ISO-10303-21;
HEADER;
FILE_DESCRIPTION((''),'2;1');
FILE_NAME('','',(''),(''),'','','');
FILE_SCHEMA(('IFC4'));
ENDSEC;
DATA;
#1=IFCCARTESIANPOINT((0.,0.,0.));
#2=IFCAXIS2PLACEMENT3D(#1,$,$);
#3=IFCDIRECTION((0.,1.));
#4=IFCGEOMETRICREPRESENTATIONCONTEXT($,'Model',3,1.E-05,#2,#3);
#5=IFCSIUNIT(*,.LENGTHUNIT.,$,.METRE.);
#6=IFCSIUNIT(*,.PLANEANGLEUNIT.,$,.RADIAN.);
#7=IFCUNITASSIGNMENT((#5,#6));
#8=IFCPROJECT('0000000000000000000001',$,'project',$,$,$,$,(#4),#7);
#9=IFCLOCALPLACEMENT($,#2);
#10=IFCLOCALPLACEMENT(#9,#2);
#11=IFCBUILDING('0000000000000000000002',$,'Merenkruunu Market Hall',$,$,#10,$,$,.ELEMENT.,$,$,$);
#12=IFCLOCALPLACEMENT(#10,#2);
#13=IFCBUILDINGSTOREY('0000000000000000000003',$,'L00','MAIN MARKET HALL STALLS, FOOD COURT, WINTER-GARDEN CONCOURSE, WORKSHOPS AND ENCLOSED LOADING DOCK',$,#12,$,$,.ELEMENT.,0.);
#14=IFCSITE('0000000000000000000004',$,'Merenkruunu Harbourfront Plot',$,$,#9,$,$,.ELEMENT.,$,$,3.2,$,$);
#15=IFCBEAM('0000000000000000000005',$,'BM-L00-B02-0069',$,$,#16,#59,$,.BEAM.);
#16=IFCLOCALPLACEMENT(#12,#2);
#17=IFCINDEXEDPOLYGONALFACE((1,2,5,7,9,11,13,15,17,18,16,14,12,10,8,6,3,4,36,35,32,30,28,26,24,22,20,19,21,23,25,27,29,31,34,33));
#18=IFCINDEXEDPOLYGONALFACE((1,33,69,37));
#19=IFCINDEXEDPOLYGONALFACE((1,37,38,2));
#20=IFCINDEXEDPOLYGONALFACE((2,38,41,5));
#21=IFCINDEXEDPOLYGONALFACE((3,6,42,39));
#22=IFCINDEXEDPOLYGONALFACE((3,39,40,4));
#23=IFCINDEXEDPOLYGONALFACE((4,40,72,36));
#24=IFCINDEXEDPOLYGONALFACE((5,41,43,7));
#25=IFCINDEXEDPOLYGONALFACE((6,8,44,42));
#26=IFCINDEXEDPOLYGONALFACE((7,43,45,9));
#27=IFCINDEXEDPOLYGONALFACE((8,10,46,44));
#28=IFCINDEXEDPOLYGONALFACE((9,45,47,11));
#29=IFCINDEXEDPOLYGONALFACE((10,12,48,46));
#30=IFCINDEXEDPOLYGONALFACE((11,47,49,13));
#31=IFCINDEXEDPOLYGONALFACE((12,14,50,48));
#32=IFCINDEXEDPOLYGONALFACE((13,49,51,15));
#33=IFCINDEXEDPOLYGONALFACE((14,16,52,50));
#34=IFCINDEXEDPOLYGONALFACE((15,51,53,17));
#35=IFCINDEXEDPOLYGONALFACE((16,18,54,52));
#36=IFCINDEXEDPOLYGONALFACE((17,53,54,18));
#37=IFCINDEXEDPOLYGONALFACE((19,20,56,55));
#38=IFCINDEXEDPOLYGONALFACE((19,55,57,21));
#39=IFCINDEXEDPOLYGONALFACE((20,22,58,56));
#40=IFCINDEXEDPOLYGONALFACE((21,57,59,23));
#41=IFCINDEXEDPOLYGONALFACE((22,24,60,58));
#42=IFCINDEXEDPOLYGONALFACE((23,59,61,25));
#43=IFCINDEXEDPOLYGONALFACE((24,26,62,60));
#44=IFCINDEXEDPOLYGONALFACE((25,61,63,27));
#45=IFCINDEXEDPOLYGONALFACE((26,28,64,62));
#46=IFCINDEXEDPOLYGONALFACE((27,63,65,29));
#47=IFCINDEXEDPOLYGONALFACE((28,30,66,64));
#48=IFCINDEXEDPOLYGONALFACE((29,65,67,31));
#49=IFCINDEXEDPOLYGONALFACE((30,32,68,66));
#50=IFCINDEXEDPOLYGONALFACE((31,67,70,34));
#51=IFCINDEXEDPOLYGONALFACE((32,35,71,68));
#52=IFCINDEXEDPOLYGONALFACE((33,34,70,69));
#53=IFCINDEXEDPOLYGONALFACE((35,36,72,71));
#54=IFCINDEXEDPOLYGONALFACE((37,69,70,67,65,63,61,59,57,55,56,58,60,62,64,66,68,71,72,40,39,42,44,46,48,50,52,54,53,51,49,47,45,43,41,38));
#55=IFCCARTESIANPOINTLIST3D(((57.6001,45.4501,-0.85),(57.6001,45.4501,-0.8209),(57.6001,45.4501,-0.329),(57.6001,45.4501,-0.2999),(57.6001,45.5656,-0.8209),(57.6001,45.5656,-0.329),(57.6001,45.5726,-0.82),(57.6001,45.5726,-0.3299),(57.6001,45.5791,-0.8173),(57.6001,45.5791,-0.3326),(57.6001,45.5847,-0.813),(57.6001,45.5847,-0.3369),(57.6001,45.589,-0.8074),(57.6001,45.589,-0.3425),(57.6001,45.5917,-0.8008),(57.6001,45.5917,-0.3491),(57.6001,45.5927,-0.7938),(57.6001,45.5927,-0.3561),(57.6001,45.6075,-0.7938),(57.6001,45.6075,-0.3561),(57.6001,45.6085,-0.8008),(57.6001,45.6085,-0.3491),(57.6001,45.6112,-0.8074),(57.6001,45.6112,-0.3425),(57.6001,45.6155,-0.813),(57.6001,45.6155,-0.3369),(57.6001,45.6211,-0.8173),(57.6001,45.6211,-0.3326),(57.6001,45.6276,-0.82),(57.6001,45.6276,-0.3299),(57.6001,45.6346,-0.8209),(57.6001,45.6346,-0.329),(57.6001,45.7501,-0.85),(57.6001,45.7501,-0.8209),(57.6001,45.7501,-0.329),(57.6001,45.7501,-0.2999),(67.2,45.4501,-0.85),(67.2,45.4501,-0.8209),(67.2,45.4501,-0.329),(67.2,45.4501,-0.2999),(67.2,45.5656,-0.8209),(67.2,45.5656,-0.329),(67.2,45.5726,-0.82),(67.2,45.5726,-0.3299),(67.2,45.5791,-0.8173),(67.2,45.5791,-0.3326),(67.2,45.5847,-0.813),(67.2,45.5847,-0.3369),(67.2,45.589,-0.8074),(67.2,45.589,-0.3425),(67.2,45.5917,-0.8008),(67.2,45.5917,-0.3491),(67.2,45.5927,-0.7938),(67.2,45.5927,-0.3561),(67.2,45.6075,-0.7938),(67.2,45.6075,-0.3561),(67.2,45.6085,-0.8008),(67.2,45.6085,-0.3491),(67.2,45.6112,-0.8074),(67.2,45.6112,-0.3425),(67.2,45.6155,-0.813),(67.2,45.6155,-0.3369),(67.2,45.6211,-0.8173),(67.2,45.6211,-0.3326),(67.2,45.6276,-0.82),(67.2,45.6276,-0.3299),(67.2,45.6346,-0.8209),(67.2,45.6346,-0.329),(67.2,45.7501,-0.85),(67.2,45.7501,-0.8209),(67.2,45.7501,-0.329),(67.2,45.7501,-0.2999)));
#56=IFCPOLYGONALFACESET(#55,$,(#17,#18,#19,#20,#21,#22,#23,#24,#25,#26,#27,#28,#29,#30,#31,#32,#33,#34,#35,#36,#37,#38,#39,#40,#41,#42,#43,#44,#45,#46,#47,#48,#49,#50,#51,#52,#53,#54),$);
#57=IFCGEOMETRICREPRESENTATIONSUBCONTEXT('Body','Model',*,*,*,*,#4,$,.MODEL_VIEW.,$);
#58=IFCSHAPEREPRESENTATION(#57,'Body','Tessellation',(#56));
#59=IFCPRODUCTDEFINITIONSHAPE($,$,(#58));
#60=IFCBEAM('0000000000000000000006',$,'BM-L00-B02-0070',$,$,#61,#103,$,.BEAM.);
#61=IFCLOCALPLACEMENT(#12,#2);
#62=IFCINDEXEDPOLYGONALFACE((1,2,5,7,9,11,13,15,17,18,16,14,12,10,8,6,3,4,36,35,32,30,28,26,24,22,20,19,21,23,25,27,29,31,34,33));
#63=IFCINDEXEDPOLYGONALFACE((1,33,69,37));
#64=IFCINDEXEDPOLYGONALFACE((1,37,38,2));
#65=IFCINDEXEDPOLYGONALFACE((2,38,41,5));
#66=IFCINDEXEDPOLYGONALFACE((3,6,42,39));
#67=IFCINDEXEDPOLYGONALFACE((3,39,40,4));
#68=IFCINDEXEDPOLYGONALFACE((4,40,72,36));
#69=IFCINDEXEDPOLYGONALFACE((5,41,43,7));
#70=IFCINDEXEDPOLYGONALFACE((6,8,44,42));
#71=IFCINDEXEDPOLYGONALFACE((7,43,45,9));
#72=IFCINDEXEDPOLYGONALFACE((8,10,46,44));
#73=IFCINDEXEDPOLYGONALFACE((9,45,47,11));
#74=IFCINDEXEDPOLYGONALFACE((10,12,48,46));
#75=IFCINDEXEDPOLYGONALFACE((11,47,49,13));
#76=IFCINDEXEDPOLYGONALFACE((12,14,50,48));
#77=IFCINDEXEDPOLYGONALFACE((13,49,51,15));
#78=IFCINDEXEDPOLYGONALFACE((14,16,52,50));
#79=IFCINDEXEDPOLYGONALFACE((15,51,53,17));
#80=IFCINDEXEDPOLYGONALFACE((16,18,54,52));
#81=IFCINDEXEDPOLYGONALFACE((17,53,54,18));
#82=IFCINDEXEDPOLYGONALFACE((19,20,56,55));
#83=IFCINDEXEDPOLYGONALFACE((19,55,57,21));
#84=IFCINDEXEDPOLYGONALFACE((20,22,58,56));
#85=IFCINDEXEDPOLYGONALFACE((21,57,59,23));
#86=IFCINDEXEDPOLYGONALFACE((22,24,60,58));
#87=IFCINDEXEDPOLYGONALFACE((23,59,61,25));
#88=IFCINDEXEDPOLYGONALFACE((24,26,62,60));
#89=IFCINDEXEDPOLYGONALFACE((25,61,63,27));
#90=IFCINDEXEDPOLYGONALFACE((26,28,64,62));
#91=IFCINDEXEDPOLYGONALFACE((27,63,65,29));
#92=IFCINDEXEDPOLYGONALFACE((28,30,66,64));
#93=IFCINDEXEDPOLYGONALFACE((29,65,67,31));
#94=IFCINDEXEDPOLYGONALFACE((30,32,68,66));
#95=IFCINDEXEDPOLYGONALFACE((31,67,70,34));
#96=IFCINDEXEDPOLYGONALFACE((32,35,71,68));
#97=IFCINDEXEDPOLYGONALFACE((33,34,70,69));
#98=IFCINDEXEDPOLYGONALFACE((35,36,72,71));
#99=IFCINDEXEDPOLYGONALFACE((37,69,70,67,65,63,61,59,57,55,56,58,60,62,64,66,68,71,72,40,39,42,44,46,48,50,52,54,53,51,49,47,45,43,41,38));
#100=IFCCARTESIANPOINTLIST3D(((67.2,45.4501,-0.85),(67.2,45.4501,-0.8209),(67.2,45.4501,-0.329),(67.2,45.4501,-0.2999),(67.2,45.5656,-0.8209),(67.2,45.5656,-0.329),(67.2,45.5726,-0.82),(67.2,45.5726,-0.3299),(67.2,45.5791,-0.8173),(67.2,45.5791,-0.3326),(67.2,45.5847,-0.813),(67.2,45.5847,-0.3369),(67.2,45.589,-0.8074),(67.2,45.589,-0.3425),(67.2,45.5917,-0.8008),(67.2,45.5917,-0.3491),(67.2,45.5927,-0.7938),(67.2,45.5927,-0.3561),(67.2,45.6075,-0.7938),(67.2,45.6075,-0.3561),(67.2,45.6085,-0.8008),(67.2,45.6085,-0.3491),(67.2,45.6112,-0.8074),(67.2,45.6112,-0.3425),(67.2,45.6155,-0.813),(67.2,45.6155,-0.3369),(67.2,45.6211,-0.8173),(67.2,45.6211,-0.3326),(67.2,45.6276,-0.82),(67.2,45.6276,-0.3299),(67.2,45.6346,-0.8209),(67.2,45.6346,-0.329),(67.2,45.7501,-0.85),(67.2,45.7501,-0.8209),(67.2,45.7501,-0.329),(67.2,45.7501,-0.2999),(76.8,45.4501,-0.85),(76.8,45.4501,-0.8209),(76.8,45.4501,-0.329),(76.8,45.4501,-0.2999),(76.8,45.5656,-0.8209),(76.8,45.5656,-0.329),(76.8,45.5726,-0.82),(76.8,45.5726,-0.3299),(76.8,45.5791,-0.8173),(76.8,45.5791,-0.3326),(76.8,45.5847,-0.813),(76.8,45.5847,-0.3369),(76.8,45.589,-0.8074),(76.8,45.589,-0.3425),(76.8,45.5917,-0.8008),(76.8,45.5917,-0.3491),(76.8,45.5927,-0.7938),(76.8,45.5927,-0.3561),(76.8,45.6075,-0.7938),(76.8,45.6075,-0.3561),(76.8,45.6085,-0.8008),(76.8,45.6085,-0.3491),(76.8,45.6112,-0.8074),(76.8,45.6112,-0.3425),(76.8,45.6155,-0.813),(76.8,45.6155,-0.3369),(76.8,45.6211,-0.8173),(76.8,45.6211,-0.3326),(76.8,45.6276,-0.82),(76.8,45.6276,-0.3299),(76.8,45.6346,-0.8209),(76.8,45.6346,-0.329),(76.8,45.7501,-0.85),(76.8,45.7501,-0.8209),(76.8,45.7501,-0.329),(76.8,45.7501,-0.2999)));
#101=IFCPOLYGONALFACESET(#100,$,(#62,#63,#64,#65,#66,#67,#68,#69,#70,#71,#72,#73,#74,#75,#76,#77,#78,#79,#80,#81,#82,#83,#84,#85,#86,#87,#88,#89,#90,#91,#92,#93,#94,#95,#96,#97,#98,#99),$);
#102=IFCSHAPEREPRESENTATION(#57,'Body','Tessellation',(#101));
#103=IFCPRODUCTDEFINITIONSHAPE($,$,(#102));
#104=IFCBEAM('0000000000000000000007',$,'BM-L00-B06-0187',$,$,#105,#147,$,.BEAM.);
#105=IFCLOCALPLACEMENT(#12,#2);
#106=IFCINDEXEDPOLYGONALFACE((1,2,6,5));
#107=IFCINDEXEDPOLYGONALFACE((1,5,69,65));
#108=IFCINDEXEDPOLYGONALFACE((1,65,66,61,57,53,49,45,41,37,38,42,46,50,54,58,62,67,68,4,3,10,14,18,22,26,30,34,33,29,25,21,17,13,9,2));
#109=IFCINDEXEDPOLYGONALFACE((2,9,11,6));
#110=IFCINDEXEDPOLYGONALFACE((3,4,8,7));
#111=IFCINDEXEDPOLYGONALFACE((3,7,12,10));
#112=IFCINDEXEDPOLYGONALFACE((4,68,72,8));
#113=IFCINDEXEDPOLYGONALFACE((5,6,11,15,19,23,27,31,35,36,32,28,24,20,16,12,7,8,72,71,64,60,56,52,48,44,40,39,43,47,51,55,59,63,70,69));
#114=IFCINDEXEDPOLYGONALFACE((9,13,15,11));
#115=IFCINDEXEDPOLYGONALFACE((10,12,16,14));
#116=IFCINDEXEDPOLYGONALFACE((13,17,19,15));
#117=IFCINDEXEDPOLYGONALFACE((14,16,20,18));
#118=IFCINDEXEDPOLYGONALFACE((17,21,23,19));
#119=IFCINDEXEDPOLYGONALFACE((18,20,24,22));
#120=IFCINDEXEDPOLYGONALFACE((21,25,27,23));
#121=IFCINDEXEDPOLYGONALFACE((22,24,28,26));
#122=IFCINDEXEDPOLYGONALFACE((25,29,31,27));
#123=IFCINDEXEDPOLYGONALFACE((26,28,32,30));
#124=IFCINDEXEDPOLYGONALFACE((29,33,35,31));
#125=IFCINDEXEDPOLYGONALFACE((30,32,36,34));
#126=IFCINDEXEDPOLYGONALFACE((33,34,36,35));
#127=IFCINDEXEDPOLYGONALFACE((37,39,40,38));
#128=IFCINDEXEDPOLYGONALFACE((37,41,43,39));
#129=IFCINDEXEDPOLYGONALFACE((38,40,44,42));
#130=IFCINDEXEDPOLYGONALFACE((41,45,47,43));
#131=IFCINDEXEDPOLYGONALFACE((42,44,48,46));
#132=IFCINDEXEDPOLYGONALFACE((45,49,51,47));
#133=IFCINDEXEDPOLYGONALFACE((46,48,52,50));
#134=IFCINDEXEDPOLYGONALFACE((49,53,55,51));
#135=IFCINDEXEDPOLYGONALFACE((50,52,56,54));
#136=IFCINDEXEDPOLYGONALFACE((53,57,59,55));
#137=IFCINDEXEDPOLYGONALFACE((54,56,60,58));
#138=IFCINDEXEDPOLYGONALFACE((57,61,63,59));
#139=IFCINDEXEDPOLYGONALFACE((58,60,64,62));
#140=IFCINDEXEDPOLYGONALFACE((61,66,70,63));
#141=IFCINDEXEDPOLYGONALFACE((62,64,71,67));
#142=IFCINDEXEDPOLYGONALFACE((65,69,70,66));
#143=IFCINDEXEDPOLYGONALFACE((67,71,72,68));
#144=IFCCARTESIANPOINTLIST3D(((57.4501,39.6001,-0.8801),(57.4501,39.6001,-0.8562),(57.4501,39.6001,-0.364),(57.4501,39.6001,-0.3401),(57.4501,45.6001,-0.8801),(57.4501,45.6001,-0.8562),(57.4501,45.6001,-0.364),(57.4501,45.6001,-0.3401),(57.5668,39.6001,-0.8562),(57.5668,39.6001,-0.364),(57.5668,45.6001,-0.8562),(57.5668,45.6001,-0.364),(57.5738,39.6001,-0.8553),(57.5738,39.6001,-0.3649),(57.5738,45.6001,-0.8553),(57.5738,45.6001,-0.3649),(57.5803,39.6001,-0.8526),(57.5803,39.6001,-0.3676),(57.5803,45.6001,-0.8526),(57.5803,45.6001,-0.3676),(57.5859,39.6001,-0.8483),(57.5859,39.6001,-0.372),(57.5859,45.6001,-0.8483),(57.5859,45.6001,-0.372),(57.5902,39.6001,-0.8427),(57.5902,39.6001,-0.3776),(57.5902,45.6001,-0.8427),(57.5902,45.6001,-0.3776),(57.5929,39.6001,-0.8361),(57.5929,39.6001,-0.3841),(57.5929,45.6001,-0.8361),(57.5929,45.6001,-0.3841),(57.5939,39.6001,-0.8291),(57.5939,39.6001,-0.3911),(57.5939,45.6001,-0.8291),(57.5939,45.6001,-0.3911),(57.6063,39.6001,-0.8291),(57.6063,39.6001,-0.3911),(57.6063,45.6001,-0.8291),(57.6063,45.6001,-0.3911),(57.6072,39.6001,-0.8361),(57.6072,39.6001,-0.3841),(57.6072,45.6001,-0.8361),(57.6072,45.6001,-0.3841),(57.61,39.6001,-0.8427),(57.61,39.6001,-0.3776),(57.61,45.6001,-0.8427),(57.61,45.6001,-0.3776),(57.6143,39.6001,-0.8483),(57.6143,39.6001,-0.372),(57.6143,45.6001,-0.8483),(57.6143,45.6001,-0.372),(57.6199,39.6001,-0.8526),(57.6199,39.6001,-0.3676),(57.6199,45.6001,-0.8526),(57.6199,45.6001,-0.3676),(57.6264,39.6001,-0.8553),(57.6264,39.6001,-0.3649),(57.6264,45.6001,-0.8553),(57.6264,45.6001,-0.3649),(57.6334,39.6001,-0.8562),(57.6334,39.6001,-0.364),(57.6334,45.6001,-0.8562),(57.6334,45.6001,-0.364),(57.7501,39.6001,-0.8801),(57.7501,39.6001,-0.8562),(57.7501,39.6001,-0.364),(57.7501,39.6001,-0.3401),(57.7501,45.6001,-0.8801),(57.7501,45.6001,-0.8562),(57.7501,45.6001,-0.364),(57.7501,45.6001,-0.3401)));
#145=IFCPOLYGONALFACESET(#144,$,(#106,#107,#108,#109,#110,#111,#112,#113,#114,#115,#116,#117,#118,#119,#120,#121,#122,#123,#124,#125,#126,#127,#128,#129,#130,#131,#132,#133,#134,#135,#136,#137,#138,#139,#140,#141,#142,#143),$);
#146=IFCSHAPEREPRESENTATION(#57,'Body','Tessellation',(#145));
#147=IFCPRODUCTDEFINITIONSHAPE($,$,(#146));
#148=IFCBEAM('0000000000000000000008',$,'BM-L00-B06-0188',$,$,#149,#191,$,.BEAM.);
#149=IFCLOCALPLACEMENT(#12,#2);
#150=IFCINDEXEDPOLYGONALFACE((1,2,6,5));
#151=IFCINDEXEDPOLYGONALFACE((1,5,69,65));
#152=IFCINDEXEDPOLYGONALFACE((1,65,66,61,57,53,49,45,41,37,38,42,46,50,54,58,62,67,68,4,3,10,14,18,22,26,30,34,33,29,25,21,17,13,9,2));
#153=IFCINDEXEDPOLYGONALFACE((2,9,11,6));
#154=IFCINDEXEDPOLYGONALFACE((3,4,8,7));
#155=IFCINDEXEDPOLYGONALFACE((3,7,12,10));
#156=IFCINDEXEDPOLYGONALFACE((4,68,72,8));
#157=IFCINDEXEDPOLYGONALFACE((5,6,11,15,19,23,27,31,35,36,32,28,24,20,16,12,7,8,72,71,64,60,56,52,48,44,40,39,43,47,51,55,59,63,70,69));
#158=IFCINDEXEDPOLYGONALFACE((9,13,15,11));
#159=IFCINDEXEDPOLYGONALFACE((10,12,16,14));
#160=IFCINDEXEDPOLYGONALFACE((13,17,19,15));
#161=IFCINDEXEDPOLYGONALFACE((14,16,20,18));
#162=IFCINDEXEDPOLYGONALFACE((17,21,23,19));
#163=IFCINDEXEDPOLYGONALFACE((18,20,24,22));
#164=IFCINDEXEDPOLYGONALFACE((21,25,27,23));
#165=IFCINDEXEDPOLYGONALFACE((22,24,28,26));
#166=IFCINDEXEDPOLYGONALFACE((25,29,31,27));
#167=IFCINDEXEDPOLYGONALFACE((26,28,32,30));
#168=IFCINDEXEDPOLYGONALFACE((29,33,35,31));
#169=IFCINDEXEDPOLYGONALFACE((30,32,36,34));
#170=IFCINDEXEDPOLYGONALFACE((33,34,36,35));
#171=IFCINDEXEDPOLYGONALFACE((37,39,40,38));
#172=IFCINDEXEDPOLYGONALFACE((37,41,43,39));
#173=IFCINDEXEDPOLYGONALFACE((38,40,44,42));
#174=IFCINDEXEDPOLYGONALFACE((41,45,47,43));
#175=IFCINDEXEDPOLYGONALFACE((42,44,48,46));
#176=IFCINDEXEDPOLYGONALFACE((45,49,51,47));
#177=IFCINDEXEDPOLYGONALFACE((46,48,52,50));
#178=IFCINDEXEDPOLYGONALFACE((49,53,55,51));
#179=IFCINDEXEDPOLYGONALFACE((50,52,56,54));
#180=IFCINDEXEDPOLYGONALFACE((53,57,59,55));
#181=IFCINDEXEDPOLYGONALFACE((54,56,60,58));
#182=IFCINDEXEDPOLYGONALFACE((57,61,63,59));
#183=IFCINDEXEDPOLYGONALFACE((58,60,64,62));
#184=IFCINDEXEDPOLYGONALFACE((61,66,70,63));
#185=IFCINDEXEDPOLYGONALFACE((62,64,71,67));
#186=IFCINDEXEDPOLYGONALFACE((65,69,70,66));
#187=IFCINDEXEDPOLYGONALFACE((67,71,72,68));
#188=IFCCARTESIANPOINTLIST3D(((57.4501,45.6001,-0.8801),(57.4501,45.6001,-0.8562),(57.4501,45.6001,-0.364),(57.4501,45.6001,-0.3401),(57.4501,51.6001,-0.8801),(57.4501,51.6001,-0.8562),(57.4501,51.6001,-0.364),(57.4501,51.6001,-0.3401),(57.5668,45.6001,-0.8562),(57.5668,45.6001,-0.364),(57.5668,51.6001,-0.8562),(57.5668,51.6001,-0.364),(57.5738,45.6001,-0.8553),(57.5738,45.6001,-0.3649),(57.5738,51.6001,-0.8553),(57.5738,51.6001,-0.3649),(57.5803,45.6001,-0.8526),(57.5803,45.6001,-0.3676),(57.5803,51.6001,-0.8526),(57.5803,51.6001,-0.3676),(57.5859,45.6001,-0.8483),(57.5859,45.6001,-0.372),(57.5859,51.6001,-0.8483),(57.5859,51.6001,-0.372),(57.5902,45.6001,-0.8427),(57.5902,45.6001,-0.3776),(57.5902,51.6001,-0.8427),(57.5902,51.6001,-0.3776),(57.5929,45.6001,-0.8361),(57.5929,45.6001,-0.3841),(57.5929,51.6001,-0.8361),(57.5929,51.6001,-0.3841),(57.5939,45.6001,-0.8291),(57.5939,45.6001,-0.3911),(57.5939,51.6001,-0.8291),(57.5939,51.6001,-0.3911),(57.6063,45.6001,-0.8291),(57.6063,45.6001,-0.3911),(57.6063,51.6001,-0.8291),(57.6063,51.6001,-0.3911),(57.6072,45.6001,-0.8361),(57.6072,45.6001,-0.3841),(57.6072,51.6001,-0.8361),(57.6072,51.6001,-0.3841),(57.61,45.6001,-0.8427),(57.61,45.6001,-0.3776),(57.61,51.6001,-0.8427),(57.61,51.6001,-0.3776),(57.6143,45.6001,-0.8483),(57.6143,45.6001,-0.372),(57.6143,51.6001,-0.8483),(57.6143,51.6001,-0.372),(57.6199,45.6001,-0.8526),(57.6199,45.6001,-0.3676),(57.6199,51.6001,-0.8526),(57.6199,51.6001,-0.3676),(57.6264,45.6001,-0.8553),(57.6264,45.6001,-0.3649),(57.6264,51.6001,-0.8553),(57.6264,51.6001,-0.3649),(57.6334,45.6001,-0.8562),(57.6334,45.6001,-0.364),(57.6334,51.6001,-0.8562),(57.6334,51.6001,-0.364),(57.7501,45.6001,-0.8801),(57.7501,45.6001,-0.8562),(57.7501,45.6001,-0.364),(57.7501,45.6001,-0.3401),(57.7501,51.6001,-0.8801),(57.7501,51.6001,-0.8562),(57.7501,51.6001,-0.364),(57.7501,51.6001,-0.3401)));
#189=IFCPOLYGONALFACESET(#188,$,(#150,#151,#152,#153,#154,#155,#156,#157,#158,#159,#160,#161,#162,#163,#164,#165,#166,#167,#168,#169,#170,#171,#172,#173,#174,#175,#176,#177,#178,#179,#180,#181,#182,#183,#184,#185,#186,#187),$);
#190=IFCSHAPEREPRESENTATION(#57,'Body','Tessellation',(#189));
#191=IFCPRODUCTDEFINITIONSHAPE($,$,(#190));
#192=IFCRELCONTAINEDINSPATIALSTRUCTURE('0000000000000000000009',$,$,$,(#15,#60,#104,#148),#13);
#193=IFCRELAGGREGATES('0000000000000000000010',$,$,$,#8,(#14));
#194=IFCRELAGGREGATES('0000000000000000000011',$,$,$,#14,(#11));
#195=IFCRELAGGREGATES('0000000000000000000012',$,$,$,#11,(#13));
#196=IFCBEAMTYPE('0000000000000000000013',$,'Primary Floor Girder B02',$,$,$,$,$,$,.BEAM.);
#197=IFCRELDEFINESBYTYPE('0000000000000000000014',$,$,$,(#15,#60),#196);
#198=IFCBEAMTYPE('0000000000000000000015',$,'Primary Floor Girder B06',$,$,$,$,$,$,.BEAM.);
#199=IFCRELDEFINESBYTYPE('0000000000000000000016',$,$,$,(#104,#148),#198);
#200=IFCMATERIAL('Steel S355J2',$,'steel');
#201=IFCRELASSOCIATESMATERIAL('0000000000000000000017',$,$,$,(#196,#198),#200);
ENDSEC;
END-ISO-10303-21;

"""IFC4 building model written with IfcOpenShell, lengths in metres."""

from ifc_helpers import new_model, si_unit, direction, frame, origin, origin_2d, place, context, subcontext, project, spatial, i_section, extrude, material, material_profile, profile_set, type_object, element, save


model = new_model("IFC4")

# Units and contexts
model_context = context("Model", 3, precision=1e-05, world=origin(), true_north=direction((0.0, 1.0)))
body_context = subcontext(model_context, "Body", "Model", "MODEL_VIEW")
ifc_project = project(units=[si_unit("LENGTHUNIT", "METRE"), si_unit("PLANEANGLEUNIT", "RADIAN")], contexts=[model_context])

# Site, building, storey
site_placement = place(None, origin())
site = spatial("IfcSite", under=ifc_project, at=site_placement, Name="Merenkruunu Harbourfront Plot", CompositionType="ELEMENT", RefElevation=3.2)
building_placement = place(site_placement, origin())
building = spatial("IfcBuilding", under=site, at=building_placement, Name="Merenkruunu Market Hall", CompositionType="ELEMENT")
storey_placement = place(building_placement, origin())
storey = spatial("IfcBuildingStorey", under=building, at=storey_placement, Name="L00", Description="MAIN MARKET HALL STALLS, FOOD COURT, WINTER-GARDEN CONCOURSE, WORKSHOPS AND ENCLOSED LOADING DOCK", CompositionType="ELEMENT", Elevation=0.0)

# Beams
ifc_material_1 = material(Name="Steel S355J2", Category="steel")
ifc_material_profile_1 = material_profile(ifc_material_1, i_section(OverallWidth=0.3, OverallDepth=0.55, WebThickness=0.0149, FlangeThickness=0.0291, FilletRadius=0.0271, at=origin_2d()), Name="HEB 550")
ifc_profile_set_1 = profile_set([ifc_material_profile_1], Name="Steel S355J2")
beam_type_1 = type_object("IfcBeamType", Name="Primary Floor Girder B02", PredefinedType="BEAM", material=ifc_profile_set_1)
beam_1_placement = place(storey_placement, frame((57.6001, 45.6001, -0.575), z_axis=(1.0, 0.0, 0.0), x_axis=(0.0, 1.0, 0.0)))
element("IfcBeam", 1, at=beam_1_placement, inside=storey, type_object=beam_type_1, Name="BM-L00-B02-0069", PredefinedType="BEAM", context=body_context, shape_type="SweptSolid", body=[
    extrude(i_section(OverallWidth=0.3, OverallDepth=0.55, WebThickness=0.0149, FlangeThickness=0.0291, FilletRadius=0.0271, at=origin_2d()), origin(), (0.0, 0.0, 1.0), 9.5999),
])
beam_2_placement = place(storey_placement, frame((67.2, 45.6001, -0.575), z_axis=(1.0, 0.0, 0.0), x_axis=(0.0, 1.0, 0.0)))
element("IfcBeam", 2, at=beam_2_placement, inside=storey, type_object=beam_type_1, Name="BM-L00-B02-0070", PredefinedType="BEAM", context=body_context, shape_type="SweptSolid", body=[
    extrude(i_section(OverallWidth=0.3, OverallDepth=0.55, WebThickness=0.0149, FlangeThickness=0.0291, FilletRadius=0.0271, at=origin_2d()), origin(), (0.0, 0.0, 1.0), 9.6001),
])
ifc_material_profile_2 = material_profile(ifc_material_1, i_section(OverallWidth=0.3, OverallDepth=0.54, WebThickness=0.0125, FlangeThickness=0.0239, FilletRadius=0.0271, at=origin_2d()), Name="HEA 550")
ifc_profile_set_2 = profile_set([ifc_material_profile_2], Name="Steel S355J2")
beam_type_2 = type_object("IfcBeamType", Name="Primary Floor Girder B06", PredefinedType="BEAM", material=ifc_profile_set_2)
for number, where, z_axis, x_axis, name in (
    (3, (57.6001, 39.6001, -0.6101), (0.0, 1.0, 0.0), (-1.0, 0.0, 0.0), "BM-L00-B06-0187"),
    (4, (57.6001, 45.6001, -0.6101), (0.0, 1.0, 0.0), (-1.0, 0.0, 0.0), "BM-L00-B06-0188"),
):
    element("IfcBeam", number, at=place(storey_placement, frame(where, z_axis=z_axis, x_axis=x_axis)), inside=storey, type_object=beam_type_2, Name=name, PredefinedType="BEAM", context=body_context, shape_type="SweptSolid", body=[
        extrude(i_section(OverallWidth=0.3, OverallDepth=0.54, WebThickness=0.0125, FlangeThickness=0.0239, FilletRadius=0.0271, at=origin_2d()), origin(), (0.0, 0.0, 1.0), 6.0),
    ])

save(model, "model.ifc")
